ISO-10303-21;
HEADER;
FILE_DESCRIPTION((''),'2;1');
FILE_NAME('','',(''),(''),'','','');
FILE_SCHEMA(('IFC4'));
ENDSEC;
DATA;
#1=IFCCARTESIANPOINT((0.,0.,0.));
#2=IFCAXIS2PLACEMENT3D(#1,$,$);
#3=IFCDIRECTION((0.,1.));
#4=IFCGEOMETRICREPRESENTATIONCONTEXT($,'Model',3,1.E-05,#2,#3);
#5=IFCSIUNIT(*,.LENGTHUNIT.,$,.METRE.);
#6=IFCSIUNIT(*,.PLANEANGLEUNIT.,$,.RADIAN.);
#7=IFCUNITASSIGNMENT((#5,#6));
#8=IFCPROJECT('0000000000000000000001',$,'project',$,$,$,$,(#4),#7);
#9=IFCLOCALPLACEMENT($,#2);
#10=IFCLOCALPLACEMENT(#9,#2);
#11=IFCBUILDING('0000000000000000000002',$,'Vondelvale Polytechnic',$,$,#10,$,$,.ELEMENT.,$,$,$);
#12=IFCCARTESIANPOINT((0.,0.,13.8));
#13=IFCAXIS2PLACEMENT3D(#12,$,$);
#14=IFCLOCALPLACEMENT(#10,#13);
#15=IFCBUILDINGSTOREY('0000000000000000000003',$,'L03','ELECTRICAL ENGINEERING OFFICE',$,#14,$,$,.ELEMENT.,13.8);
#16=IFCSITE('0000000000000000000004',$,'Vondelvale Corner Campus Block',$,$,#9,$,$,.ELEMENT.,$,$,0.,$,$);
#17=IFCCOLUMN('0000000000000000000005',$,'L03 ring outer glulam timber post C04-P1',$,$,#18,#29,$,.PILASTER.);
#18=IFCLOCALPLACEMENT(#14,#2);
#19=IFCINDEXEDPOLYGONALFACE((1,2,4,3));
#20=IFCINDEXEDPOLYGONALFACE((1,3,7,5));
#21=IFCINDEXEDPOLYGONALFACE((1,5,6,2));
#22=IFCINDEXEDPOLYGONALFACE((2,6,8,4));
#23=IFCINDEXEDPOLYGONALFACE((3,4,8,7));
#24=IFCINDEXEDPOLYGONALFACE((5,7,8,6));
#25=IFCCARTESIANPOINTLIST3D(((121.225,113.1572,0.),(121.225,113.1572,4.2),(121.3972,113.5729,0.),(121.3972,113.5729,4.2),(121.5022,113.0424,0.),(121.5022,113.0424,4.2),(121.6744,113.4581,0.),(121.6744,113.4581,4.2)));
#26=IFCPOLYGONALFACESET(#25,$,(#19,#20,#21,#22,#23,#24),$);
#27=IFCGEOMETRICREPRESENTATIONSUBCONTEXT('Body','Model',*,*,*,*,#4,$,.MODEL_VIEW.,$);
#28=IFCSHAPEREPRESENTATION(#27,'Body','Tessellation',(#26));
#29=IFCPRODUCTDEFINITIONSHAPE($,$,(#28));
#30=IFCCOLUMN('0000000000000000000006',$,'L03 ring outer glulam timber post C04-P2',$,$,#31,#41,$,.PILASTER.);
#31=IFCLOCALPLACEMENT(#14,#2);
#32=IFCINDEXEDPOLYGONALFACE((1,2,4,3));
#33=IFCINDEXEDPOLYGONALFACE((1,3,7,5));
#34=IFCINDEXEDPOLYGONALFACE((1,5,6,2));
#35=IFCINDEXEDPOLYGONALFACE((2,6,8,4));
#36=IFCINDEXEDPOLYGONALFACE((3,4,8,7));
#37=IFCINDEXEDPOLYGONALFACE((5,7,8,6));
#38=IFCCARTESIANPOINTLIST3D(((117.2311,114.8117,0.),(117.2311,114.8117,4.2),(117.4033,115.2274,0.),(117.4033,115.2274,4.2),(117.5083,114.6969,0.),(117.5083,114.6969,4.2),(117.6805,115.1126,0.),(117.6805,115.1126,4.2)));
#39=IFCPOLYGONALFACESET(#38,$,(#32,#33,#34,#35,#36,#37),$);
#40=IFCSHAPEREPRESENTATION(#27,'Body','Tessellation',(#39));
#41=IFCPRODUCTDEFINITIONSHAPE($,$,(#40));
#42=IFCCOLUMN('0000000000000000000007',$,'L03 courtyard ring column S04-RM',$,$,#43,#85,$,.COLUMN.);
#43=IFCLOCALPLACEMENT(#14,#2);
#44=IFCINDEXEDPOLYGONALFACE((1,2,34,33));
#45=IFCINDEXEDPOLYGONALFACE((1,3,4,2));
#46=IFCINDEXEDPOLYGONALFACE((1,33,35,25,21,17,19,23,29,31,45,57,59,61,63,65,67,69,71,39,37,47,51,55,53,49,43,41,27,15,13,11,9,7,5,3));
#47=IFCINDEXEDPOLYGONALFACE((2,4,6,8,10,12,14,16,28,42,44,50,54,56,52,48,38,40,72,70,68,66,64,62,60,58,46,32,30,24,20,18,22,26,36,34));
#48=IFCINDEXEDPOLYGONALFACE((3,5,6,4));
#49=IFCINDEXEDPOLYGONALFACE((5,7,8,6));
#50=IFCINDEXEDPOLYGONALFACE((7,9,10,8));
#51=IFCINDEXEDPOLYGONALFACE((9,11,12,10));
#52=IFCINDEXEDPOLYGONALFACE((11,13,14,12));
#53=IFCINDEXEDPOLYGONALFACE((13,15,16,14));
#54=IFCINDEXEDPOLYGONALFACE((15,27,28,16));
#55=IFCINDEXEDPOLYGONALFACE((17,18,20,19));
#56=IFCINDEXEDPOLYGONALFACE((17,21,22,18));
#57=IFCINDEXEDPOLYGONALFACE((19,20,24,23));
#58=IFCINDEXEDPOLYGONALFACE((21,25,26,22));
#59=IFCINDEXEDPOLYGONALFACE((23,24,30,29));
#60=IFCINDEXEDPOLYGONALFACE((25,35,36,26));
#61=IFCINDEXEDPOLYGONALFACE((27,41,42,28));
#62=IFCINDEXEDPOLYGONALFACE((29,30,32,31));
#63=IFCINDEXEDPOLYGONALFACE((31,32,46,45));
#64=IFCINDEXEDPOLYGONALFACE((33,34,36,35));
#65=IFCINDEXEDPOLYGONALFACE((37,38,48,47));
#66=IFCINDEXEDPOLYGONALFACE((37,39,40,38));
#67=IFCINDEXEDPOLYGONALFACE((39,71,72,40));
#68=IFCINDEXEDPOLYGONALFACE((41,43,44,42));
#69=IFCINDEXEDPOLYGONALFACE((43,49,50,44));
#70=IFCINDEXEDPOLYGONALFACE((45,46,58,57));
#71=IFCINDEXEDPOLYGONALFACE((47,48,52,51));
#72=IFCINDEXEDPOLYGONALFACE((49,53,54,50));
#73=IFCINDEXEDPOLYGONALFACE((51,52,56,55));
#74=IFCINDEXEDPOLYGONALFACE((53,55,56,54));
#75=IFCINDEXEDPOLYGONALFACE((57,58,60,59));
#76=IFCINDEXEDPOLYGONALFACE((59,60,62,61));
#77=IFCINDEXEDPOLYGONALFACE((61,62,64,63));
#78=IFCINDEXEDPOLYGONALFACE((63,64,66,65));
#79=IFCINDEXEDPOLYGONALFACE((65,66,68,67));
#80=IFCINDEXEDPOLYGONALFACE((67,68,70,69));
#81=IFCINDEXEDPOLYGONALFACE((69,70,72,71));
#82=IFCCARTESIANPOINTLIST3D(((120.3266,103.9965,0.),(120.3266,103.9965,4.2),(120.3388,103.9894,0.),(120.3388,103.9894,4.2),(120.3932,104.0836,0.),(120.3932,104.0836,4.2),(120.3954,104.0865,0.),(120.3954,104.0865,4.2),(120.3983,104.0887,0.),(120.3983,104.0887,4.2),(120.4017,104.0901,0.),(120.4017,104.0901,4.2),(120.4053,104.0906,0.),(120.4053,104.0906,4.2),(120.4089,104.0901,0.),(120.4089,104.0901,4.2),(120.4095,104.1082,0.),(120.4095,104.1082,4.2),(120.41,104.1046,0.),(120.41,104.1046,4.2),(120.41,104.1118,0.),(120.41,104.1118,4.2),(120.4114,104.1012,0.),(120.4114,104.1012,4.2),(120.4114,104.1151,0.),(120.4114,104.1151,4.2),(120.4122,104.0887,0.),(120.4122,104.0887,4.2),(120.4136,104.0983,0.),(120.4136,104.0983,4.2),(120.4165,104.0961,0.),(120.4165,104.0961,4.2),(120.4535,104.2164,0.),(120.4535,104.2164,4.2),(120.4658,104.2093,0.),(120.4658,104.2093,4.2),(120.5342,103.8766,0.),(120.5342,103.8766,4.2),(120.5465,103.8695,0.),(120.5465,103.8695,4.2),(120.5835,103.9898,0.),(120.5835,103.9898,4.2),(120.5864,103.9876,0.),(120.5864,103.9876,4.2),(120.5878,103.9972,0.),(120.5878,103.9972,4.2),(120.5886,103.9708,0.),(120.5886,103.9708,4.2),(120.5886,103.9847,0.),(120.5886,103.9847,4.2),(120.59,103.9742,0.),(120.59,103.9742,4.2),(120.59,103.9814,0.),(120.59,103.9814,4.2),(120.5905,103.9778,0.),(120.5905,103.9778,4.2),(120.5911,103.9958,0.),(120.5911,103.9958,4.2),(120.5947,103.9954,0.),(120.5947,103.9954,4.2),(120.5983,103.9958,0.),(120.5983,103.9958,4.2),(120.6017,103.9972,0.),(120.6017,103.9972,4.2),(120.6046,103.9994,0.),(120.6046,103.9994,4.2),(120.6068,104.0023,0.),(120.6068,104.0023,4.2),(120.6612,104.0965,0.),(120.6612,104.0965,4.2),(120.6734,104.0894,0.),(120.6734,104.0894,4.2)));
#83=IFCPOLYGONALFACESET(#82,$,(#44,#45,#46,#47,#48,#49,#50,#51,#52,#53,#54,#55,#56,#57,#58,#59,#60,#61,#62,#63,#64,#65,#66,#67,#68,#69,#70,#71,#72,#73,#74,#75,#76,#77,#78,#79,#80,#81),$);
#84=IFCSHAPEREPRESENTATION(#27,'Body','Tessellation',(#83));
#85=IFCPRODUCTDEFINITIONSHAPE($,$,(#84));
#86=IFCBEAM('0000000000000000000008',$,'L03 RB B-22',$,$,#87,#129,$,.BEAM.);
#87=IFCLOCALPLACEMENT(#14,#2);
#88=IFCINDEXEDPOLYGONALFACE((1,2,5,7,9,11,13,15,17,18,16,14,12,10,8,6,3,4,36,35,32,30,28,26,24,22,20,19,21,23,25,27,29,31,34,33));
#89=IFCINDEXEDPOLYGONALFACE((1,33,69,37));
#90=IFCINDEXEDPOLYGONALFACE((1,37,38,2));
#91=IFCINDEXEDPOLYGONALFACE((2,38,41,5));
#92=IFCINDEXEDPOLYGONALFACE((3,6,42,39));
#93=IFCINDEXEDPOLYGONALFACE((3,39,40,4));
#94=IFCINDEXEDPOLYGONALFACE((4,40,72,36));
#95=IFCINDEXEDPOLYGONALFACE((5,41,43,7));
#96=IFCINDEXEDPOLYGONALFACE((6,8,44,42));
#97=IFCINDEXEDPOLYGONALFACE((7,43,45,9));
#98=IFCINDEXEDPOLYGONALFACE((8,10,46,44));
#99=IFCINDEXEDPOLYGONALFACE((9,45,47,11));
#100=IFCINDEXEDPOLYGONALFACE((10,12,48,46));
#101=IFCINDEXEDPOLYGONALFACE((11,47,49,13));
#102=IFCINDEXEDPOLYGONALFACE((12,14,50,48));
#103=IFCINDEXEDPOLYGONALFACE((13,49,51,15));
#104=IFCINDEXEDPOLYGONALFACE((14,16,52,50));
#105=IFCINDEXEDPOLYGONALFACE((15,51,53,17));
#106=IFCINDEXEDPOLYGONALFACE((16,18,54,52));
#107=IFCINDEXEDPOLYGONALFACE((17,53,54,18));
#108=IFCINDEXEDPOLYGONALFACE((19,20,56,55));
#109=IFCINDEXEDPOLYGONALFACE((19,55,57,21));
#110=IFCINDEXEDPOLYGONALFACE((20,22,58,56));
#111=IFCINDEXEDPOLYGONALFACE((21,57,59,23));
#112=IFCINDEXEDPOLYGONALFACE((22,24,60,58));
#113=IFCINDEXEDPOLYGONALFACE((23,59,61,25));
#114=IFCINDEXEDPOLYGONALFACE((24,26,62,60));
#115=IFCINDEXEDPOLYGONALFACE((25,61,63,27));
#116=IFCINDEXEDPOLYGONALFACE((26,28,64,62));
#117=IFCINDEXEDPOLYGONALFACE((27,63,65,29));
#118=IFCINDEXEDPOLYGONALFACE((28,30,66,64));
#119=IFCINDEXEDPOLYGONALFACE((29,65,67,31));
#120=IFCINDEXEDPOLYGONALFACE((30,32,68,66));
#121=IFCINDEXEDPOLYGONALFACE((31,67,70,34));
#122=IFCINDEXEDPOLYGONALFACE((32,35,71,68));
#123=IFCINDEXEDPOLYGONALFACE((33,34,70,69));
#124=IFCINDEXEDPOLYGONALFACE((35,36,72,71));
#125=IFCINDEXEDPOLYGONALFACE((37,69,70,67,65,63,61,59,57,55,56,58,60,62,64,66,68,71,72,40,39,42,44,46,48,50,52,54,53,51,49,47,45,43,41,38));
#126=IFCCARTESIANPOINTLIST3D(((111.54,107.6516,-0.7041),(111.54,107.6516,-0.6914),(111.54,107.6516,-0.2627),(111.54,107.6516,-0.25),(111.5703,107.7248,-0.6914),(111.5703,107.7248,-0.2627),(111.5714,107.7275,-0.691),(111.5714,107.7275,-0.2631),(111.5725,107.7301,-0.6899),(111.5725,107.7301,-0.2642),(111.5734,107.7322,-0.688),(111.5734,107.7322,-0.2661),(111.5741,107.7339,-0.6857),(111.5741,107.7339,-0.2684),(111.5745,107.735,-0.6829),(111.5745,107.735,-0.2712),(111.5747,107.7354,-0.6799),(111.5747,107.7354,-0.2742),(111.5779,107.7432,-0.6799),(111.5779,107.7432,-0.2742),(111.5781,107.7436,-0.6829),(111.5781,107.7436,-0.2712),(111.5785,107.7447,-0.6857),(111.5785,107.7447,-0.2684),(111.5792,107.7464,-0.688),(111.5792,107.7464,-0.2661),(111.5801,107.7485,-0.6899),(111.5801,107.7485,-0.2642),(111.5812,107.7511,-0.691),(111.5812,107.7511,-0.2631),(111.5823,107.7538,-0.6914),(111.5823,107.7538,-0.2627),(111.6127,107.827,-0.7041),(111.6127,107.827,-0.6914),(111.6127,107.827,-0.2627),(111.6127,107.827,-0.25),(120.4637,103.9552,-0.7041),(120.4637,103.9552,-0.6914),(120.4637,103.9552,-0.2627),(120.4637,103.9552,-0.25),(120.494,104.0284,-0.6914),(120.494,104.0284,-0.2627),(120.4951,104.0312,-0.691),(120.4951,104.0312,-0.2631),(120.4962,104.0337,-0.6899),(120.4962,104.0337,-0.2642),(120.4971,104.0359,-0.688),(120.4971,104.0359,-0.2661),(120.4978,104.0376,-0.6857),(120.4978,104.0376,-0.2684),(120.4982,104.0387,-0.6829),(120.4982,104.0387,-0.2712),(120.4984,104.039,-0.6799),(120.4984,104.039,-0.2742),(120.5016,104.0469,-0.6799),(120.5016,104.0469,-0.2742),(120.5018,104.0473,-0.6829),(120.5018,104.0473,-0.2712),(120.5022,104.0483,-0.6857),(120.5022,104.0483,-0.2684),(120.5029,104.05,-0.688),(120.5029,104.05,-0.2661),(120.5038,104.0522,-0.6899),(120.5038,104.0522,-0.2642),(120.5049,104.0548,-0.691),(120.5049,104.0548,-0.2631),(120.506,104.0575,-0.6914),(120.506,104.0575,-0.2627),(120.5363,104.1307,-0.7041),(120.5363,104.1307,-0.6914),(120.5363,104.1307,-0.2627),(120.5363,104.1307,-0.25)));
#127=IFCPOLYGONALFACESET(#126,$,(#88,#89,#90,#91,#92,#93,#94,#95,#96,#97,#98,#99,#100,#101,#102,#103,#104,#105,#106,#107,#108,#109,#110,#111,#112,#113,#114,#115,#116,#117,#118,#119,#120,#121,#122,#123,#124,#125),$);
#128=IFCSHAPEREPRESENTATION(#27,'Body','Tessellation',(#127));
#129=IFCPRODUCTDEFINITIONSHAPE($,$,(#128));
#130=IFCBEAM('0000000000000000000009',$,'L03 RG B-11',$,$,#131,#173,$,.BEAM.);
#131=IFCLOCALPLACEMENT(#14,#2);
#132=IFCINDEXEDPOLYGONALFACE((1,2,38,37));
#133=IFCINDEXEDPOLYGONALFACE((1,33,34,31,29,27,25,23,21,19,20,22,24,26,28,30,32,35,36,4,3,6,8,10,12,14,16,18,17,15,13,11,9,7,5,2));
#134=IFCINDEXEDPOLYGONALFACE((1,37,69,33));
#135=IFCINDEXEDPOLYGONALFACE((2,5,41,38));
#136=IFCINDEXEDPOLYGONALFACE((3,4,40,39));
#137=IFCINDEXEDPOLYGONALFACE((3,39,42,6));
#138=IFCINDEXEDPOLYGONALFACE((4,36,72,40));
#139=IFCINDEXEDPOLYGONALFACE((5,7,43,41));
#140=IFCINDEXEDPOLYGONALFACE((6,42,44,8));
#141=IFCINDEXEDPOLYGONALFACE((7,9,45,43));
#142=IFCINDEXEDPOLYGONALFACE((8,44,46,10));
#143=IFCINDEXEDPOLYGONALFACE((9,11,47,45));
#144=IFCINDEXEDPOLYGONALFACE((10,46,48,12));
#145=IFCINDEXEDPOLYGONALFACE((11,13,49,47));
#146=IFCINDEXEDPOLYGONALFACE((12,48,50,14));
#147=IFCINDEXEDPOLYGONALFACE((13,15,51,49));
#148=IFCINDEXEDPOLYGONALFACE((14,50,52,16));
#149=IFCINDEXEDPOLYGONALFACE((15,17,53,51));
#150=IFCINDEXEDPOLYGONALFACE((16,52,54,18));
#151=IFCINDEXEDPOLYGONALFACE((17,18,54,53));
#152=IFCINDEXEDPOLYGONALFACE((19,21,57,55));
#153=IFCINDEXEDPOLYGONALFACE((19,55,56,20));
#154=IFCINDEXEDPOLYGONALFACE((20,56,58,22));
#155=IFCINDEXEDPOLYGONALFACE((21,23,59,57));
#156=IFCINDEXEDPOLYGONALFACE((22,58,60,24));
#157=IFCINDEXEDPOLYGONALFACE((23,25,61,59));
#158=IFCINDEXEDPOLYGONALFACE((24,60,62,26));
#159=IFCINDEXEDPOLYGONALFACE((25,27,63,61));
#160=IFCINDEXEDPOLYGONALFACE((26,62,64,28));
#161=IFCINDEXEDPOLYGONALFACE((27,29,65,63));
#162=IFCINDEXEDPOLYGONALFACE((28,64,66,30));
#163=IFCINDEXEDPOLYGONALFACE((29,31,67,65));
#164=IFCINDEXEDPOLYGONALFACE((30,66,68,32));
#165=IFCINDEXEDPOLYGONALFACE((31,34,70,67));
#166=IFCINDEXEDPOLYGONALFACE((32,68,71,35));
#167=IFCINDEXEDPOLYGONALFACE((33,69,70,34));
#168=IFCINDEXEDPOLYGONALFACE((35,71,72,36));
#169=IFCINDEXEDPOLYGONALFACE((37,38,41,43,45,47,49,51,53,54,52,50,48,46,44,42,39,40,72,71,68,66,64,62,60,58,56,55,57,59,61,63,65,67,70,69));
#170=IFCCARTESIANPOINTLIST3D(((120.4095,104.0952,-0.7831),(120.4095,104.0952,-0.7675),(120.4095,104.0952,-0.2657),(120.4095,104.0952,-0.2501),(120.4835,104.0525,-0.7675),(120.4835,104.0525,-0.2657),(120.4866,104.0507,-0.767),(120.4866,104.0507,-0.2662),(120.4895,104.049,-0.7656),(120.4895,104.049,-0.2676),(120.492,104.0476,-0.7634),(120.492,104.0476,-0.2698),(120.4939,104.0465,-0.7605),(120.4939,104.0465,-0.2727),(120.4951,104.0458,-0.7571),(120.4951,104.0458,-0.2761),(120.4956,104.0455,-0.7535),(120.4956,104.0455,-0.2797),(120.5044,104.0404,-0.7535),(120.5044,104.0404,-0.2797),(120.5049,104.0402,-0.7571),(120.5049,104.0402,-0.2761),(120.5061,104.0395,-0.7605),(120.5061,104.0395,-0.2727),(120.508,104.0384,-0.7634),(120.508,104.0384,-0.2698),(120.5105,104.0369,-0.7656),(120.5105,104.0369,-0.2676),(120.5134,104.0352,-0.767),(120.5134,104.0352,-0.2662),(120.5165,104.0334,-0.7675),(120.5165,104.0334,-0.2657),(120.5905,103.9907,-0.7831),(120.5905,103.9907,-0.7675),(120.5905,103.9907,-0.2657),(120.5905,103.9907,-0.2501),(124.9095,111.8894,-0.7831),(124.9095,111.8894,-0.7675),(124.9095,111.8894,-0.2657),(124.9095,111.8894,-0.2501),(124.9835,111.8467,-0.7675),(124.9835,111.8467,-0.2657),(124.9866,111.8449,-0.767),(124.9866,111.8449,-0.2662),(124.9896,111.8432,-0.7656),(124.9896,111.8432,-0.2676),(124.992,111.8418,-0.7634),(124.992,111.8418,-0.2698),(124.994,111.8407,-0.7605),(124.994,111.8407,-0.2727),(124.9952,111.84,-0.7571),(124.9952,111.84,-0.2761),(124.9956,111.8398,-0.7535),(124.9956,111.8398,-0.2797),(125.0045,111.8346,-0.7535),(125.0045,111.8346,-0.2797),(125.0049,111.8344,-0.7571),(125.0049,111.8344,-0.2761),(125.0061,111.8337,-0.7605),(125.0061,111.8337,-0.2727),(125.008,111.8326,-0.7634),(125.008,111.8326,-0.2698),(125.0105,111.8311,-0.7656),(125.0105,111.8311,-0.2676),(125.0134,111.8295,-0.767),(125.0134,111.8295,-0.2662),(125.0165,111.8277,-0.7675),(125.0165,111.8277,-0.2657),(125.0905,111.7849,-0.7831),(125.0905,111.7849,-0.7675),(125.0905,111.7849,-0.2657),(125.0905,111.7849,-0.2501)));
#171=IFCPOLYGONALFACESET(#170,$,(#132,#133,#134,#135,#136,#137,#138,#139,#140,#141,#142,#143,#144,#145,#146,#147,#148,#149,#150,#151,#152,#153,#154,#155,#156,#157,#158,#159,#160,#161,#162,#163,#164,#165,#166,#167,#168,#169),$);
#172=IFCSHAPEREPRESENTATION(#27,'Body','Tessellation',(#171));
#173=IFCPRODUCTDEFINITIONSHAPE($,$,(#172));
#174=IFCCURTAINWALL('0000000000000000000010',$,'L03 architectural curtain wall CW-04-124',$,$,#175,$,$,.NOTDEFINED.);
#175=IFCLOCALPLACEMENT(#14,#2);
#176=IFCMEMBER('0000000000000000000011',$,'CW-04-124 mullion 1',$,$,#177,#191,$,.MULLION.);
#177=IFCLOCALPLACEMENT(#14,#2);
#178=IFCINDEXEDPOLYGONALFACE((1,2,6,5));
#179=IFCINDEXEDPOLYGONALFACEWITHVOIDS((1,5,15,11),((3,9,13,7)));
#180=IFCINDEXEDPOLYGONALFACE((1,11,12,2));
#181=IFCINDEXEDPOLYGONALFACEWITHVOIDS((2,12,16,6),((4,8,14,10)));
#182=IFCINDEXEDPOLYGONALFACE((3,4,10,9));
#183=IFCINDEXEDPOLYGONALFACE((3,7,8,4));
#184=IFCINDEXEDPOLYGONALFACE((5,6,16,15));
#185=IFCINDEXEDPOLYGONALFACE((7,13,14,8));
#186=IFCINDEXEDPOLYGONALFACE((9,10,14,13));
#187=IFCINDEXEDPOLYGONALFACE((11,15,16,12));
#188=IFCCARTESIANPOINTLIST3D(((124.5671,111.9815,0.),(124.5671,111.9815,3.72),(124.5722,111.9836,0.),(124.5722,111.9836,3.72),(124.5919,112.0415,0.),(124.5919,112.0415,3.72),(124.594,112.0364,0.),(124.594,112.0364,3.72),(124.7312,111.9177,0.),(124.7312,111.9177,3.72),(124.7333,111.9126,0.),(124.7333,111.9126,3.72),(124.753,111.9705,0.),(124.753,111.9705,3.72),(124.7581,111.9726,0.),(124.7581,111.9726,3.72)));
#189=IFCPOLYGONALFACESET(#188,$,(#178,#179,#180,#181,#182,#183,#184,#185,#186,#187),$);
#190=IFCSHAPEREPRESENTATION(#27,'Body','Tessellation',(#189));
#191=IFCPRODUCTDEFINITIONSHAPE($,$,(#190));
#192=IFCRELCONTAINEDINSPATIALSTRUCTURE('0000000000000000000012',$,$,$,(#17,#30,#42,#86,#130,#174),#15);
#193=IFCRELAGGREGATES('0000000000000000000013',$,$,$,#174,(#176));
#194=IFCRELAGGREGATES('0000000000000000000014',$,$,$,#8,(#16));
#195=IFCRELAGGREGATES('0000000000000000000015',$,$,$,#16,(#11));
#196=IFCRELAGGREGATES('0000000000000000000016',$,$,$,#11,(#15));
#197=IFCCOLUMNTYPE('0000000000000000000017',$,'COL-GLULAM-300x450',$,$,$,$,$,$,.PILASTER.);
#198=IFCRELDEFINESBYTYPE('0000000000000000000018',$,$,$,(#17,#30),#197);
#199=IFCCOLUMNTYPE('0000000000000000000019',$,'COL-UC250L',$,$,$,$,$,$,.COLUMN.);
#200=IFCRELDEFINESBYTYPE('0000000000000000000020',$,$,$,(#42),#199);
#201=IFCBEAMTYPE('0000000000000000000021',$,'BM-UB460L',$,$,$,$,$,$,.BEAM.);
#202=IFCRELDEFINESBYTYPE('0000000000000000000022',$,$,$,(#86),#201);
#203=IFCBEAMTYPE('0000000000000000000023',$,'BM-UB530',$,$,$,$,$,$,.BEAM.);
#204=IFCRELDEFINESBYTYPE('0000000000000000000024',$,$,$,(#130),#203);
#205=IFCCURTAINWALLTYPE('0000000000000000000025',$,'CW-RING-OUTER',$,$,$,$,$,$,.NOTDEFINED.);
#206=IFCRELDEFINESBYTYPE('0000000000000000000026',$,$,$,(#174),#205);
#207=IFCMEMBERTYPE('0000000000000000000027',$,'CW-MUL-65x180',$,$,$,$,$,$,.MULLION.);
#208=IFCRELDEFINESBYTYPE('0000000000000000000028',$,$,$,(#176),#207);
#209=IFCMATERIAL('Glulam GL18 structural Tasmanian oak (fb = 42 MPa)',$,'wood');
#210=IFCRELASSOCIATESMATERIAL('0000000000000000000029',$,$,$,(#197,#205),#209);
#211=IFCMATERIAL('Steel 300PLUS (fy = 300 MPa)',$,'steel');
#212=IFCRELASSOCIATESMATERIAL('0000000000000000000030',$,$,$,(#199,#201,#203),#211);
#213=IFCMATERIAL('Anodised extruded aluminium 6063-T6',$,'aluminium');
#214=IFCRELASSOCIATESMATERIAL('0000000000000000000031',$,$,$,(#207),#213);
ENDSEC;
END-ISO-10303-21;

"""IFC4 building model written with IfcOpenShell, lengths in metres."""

from ifc_helpers import new_model, si_unit, direction, frame, origin, origin_2d, place, context, subcontext, project, spatial, rectangle, hollow_rectangle, i_section, extrude, material, material_profile, profile_set, type_object, element, aggregate, save


model = new_model("IFC4")

# Units and contexts
model_context = context("Model", 3, precision=1e-05, world=origin(), true_north=direction((0.0, 1.0)))
body_context = subcontext(model_context, "Body", "Model", "MODEL_VIEW")
ifc_project = project(units=[si_unit("LENGTHUNIT", "METRE"), si_unit("PLANEANGLEUNIT", "RADIAN")], contexts=[model_context])

# Site, building, storey
site_placement = place(None, origin())
site = spatial("IfcSite", under=ifc_project, at=site_placement, Name="Vondelvale Corner Campus Block", CompositionType="ELEMENT", RefElevation=0.0)
building_placement = place(site_placement, origin())
building = spatial("IfcBuilding", under=site, at=building_placement, Name="Vondelvale Polytechnic", CompositionType="ELEMENT")
storey_placement = place(building_placement, frame((0.0, 0.0, 13.8)))
storey = spatial("IfcBuildingStorey", under=building, at=storey_placement, Name="L03", Description="ELECTRICAL ENGINEERING OFFICE", CompositionType="ELEMENT", Elevation=13.8)

# Columns
ifc_material_1 = material(Name="Glulam GL18 structural Tasmanian oak (fb = 42 MPa)", Category="wood")
ifc_material_profile_1 = material_profile(ifc_material_1, rectangle(XDim=0.3, YDim=0.45, at=origin_2d()), Name="GL-POST-300x450")
ifc_profile_set_1 = profile_set([ifc_material_profile_1], Name="Glulam GL18 structural Tasmanian oak (fb = 42 MPa)")
column_type_1 = type_object("IfcColumnType", Name="COL-GLULAM-300x450", PredefinedType="PILASTER", material=ifc_profile_set_1)
for number, where, z_axis, x_axis, name in (
    (1, (121.4497, 113.3076, 0.0), (0.0, 0.0, 1.0), (-0.92388, 0.382683, 0.0), "L03 ring outer glulam timber post C04-P1"),
    (2, (117.4558, 114.9622, 0.0), (0.0, 0.0, 1.0), (-0.92388, 0.382683, 0.0), "L03 ring outer glulam timber post C04-P2"),
):
    element("IfcColumn", number, at=place(storey_placement, frame(where, z_axis=z_axis, x_axis=x_axis)), inside=storey, type_object=column_type_1, Name=name, PredefinedType="PILASTER", context=body_context, shape_type="SweptSolid", body=[
        extrude(rectangle(XDim=0.3, YDim=0.45, at=origin_2d()), origin(), (0.0, 0.0, 1.0), 4.2),
    ])
ifc_material_2 = material(Name="Steel 300PLUS (fy = 300 MPa)", Category="steel")
ifc_material_profile_2 = material_profile(ifc_material_2, i_section(OverallWidth=0.2539, OverallDepth=0.2539, WebThickness=0.0085, FlangeThickness=0.0142, FilletRadius=0.0139, at=origin_2d()), Name="250UC72.9")
ifc_profile_set_2 = profile_set([ifc_material_profile_2], Name="Steel 300PLUS (fy = 300 MPa)")
column_type_2 = type_object("IfcColumnType", Name="COL-UC250L", PredefinedType="COLUMN", material=ifc_profile_set_2)
column_placement = place(storey_placement, frame((120.5, 104.043, 0.0), z_axis=(0.0, 0.0, 1.0), x_axis=(0.5, 0.866025, 0.0)))
element("IfcColumn", 3, at=column_placement, inside=storey, type_object=column_type_2, Name="L03 courtyard ring column S04-RM", PredefinedType="COLUMN", context=body_context, shape_type="SweptSolid", body=[
    extrude(i_section(OverallWidth=0.2539, OverallDepth=0.2539, WebThickness=0.0085, FlangeThickness=0.0142, FilletRadius=0.0139, at=origin_2d()), origin(), (0.0, 0.0, 1.0), 4.2),
])

# Beams
ifc_material_profile_3 = material_profile(ifc_material_2, i_section(OverallWidth=0.1899, OverallDepth=0.4541, WebThickness=0.0085, FlangeThickness=0.0127, FilletRadius=0.0115, at=origin_2d()), Name="460UB67.1")
ifc_profile_set_3 = profile_set([ifc_material_profile_3], Name="Steel 300PLUS (fy = 300 MPa)")
beam_type_1 = type_object("IfcBeamType", Name="BM-UB460L", PredefinedType="BEAM", material=ifc_profile_set_3)
beam_1_placement = place(storey_placement, frame((120.5, 104.043, -0.4771), z_axis=(-0.923879, 0.382685, 0.0), x_axis=(-0.382685, -0.923879, 0.0)))
element("IfcBeam", 4, at=beam_1_placement, inside=storey, type_object=beam_type_1, Name="L03 RB B-22", PredefinedType="BEAM", context=body_context, shape_type="SweptSolid", body=[
    extrude(i_section(OverallWidth=0.1899, OverallDepth=0.4541, WebThickness=0.0085, FlangeThickness=0.0127, FilletRadius=0.0115, at=origin_2d()), origin(), (0.0, 0.0, 1.0), 9.6589),
])
ifc_material_profile_4 = material_profile(ifc_material_2, i_section(OverallWidth=0.209, OverallDepth=0.533, WebThickness=0.0103, FlangeThickness=0.0156, FilletRadius=0.0139, at=origin_2d()), Name="530UB92.4")
ifc_profile_set_4 = profile_set([ifc_material_profile_4], Name="Steel 300PLUS (fy = 300 MPa)")
beam_type_2 = type_object("IfcBeamType", Name="BM-UB530", PredefinedType="BEAM", material=ifc_profile_set_4)
beam_2_placement = place(storey_placement, frame((120.5, 104.043, -0.5166), z_axis=(0.500002, 0.866024, 0.0), x_axis=(-0.866024, 0.500002, 0.0)))
element("IfcBeam", 5, at=beam_2_placement, inside=storey, type_object=beam_type_2, Name="L03 RG B-11", PredefinedType="BEAM", context=body_context, shape_type="SweptSolid", body=[
    extrude(i_section(OverallWidth=0.209, OverallDepth=0.533, WebThickness=0.0103, FlangeThickness=0.0156, FilletRadius=0.0139, at=origin_2d()), origin(), (0.0, 0.0, 1.0), 9.0),
])

# Curtain wall, member
curtain_wall_type = type_object("IfcCurtainWallType", Name="CW-RING-OUTER", PredefinedType="NOTDEFINED", material=ifc_material_1)
curtain_wall_1_placement = place(storey_placement, origin())
curtain_wall_1 = element("IfcCurtainWall", 6, at=curtain_wall_1_placement, inside=storey, type_object=curtain_wall_type, Name="L03 architectural curtain wall CW-04-124", PredefinedType="NOTDEFINED")
ifc_material_3 = material(Name="Anodised extruded aluminium 6063-T6", Category="aluminium")
ifc_material_profile_5 = material_profile(ifc_material_3, hollow_rectangle(XDim=0.0649, YDim=0.1799, WallThickness=0.0039, at=origin_2d()), Name="CW-MUL-180x65")
ifc_profile_set_5 = profile_set([ifc_material_profile_5], Name="Anodised extruded aluminium 6063-T6")
member_type_1 = type_object("IfcMemberType", Name="CW-MUL-65x180", PredefinedType="MULLION", material=ifc_profile_set_5)
member_1_placement = place(storey_placement, frame((124.6626, 111.9771, 0.0), z_axis=(0.0, 0.0, 1.0), x_axis=(-0.382677, -0.923882, 0.0)))
member_1 = element("IfcMember", 7, at=member_1_placement, type_object=member_type_1, Name="CW-04-124 mullion 1", PredefinedType="MULLION", context=body_context, shape_type="SweptSolid", body=[
    extrude(hollow_rectangle(XDim=0.0649, YDim=0.1799, WallThickness=0.0039, at=origin_2d()), origin(), (0.0, 0.0, 1.0), 3.72),
])

aggregate(curtain_wall_1, [member_1])

save(model, "model.ifc")
